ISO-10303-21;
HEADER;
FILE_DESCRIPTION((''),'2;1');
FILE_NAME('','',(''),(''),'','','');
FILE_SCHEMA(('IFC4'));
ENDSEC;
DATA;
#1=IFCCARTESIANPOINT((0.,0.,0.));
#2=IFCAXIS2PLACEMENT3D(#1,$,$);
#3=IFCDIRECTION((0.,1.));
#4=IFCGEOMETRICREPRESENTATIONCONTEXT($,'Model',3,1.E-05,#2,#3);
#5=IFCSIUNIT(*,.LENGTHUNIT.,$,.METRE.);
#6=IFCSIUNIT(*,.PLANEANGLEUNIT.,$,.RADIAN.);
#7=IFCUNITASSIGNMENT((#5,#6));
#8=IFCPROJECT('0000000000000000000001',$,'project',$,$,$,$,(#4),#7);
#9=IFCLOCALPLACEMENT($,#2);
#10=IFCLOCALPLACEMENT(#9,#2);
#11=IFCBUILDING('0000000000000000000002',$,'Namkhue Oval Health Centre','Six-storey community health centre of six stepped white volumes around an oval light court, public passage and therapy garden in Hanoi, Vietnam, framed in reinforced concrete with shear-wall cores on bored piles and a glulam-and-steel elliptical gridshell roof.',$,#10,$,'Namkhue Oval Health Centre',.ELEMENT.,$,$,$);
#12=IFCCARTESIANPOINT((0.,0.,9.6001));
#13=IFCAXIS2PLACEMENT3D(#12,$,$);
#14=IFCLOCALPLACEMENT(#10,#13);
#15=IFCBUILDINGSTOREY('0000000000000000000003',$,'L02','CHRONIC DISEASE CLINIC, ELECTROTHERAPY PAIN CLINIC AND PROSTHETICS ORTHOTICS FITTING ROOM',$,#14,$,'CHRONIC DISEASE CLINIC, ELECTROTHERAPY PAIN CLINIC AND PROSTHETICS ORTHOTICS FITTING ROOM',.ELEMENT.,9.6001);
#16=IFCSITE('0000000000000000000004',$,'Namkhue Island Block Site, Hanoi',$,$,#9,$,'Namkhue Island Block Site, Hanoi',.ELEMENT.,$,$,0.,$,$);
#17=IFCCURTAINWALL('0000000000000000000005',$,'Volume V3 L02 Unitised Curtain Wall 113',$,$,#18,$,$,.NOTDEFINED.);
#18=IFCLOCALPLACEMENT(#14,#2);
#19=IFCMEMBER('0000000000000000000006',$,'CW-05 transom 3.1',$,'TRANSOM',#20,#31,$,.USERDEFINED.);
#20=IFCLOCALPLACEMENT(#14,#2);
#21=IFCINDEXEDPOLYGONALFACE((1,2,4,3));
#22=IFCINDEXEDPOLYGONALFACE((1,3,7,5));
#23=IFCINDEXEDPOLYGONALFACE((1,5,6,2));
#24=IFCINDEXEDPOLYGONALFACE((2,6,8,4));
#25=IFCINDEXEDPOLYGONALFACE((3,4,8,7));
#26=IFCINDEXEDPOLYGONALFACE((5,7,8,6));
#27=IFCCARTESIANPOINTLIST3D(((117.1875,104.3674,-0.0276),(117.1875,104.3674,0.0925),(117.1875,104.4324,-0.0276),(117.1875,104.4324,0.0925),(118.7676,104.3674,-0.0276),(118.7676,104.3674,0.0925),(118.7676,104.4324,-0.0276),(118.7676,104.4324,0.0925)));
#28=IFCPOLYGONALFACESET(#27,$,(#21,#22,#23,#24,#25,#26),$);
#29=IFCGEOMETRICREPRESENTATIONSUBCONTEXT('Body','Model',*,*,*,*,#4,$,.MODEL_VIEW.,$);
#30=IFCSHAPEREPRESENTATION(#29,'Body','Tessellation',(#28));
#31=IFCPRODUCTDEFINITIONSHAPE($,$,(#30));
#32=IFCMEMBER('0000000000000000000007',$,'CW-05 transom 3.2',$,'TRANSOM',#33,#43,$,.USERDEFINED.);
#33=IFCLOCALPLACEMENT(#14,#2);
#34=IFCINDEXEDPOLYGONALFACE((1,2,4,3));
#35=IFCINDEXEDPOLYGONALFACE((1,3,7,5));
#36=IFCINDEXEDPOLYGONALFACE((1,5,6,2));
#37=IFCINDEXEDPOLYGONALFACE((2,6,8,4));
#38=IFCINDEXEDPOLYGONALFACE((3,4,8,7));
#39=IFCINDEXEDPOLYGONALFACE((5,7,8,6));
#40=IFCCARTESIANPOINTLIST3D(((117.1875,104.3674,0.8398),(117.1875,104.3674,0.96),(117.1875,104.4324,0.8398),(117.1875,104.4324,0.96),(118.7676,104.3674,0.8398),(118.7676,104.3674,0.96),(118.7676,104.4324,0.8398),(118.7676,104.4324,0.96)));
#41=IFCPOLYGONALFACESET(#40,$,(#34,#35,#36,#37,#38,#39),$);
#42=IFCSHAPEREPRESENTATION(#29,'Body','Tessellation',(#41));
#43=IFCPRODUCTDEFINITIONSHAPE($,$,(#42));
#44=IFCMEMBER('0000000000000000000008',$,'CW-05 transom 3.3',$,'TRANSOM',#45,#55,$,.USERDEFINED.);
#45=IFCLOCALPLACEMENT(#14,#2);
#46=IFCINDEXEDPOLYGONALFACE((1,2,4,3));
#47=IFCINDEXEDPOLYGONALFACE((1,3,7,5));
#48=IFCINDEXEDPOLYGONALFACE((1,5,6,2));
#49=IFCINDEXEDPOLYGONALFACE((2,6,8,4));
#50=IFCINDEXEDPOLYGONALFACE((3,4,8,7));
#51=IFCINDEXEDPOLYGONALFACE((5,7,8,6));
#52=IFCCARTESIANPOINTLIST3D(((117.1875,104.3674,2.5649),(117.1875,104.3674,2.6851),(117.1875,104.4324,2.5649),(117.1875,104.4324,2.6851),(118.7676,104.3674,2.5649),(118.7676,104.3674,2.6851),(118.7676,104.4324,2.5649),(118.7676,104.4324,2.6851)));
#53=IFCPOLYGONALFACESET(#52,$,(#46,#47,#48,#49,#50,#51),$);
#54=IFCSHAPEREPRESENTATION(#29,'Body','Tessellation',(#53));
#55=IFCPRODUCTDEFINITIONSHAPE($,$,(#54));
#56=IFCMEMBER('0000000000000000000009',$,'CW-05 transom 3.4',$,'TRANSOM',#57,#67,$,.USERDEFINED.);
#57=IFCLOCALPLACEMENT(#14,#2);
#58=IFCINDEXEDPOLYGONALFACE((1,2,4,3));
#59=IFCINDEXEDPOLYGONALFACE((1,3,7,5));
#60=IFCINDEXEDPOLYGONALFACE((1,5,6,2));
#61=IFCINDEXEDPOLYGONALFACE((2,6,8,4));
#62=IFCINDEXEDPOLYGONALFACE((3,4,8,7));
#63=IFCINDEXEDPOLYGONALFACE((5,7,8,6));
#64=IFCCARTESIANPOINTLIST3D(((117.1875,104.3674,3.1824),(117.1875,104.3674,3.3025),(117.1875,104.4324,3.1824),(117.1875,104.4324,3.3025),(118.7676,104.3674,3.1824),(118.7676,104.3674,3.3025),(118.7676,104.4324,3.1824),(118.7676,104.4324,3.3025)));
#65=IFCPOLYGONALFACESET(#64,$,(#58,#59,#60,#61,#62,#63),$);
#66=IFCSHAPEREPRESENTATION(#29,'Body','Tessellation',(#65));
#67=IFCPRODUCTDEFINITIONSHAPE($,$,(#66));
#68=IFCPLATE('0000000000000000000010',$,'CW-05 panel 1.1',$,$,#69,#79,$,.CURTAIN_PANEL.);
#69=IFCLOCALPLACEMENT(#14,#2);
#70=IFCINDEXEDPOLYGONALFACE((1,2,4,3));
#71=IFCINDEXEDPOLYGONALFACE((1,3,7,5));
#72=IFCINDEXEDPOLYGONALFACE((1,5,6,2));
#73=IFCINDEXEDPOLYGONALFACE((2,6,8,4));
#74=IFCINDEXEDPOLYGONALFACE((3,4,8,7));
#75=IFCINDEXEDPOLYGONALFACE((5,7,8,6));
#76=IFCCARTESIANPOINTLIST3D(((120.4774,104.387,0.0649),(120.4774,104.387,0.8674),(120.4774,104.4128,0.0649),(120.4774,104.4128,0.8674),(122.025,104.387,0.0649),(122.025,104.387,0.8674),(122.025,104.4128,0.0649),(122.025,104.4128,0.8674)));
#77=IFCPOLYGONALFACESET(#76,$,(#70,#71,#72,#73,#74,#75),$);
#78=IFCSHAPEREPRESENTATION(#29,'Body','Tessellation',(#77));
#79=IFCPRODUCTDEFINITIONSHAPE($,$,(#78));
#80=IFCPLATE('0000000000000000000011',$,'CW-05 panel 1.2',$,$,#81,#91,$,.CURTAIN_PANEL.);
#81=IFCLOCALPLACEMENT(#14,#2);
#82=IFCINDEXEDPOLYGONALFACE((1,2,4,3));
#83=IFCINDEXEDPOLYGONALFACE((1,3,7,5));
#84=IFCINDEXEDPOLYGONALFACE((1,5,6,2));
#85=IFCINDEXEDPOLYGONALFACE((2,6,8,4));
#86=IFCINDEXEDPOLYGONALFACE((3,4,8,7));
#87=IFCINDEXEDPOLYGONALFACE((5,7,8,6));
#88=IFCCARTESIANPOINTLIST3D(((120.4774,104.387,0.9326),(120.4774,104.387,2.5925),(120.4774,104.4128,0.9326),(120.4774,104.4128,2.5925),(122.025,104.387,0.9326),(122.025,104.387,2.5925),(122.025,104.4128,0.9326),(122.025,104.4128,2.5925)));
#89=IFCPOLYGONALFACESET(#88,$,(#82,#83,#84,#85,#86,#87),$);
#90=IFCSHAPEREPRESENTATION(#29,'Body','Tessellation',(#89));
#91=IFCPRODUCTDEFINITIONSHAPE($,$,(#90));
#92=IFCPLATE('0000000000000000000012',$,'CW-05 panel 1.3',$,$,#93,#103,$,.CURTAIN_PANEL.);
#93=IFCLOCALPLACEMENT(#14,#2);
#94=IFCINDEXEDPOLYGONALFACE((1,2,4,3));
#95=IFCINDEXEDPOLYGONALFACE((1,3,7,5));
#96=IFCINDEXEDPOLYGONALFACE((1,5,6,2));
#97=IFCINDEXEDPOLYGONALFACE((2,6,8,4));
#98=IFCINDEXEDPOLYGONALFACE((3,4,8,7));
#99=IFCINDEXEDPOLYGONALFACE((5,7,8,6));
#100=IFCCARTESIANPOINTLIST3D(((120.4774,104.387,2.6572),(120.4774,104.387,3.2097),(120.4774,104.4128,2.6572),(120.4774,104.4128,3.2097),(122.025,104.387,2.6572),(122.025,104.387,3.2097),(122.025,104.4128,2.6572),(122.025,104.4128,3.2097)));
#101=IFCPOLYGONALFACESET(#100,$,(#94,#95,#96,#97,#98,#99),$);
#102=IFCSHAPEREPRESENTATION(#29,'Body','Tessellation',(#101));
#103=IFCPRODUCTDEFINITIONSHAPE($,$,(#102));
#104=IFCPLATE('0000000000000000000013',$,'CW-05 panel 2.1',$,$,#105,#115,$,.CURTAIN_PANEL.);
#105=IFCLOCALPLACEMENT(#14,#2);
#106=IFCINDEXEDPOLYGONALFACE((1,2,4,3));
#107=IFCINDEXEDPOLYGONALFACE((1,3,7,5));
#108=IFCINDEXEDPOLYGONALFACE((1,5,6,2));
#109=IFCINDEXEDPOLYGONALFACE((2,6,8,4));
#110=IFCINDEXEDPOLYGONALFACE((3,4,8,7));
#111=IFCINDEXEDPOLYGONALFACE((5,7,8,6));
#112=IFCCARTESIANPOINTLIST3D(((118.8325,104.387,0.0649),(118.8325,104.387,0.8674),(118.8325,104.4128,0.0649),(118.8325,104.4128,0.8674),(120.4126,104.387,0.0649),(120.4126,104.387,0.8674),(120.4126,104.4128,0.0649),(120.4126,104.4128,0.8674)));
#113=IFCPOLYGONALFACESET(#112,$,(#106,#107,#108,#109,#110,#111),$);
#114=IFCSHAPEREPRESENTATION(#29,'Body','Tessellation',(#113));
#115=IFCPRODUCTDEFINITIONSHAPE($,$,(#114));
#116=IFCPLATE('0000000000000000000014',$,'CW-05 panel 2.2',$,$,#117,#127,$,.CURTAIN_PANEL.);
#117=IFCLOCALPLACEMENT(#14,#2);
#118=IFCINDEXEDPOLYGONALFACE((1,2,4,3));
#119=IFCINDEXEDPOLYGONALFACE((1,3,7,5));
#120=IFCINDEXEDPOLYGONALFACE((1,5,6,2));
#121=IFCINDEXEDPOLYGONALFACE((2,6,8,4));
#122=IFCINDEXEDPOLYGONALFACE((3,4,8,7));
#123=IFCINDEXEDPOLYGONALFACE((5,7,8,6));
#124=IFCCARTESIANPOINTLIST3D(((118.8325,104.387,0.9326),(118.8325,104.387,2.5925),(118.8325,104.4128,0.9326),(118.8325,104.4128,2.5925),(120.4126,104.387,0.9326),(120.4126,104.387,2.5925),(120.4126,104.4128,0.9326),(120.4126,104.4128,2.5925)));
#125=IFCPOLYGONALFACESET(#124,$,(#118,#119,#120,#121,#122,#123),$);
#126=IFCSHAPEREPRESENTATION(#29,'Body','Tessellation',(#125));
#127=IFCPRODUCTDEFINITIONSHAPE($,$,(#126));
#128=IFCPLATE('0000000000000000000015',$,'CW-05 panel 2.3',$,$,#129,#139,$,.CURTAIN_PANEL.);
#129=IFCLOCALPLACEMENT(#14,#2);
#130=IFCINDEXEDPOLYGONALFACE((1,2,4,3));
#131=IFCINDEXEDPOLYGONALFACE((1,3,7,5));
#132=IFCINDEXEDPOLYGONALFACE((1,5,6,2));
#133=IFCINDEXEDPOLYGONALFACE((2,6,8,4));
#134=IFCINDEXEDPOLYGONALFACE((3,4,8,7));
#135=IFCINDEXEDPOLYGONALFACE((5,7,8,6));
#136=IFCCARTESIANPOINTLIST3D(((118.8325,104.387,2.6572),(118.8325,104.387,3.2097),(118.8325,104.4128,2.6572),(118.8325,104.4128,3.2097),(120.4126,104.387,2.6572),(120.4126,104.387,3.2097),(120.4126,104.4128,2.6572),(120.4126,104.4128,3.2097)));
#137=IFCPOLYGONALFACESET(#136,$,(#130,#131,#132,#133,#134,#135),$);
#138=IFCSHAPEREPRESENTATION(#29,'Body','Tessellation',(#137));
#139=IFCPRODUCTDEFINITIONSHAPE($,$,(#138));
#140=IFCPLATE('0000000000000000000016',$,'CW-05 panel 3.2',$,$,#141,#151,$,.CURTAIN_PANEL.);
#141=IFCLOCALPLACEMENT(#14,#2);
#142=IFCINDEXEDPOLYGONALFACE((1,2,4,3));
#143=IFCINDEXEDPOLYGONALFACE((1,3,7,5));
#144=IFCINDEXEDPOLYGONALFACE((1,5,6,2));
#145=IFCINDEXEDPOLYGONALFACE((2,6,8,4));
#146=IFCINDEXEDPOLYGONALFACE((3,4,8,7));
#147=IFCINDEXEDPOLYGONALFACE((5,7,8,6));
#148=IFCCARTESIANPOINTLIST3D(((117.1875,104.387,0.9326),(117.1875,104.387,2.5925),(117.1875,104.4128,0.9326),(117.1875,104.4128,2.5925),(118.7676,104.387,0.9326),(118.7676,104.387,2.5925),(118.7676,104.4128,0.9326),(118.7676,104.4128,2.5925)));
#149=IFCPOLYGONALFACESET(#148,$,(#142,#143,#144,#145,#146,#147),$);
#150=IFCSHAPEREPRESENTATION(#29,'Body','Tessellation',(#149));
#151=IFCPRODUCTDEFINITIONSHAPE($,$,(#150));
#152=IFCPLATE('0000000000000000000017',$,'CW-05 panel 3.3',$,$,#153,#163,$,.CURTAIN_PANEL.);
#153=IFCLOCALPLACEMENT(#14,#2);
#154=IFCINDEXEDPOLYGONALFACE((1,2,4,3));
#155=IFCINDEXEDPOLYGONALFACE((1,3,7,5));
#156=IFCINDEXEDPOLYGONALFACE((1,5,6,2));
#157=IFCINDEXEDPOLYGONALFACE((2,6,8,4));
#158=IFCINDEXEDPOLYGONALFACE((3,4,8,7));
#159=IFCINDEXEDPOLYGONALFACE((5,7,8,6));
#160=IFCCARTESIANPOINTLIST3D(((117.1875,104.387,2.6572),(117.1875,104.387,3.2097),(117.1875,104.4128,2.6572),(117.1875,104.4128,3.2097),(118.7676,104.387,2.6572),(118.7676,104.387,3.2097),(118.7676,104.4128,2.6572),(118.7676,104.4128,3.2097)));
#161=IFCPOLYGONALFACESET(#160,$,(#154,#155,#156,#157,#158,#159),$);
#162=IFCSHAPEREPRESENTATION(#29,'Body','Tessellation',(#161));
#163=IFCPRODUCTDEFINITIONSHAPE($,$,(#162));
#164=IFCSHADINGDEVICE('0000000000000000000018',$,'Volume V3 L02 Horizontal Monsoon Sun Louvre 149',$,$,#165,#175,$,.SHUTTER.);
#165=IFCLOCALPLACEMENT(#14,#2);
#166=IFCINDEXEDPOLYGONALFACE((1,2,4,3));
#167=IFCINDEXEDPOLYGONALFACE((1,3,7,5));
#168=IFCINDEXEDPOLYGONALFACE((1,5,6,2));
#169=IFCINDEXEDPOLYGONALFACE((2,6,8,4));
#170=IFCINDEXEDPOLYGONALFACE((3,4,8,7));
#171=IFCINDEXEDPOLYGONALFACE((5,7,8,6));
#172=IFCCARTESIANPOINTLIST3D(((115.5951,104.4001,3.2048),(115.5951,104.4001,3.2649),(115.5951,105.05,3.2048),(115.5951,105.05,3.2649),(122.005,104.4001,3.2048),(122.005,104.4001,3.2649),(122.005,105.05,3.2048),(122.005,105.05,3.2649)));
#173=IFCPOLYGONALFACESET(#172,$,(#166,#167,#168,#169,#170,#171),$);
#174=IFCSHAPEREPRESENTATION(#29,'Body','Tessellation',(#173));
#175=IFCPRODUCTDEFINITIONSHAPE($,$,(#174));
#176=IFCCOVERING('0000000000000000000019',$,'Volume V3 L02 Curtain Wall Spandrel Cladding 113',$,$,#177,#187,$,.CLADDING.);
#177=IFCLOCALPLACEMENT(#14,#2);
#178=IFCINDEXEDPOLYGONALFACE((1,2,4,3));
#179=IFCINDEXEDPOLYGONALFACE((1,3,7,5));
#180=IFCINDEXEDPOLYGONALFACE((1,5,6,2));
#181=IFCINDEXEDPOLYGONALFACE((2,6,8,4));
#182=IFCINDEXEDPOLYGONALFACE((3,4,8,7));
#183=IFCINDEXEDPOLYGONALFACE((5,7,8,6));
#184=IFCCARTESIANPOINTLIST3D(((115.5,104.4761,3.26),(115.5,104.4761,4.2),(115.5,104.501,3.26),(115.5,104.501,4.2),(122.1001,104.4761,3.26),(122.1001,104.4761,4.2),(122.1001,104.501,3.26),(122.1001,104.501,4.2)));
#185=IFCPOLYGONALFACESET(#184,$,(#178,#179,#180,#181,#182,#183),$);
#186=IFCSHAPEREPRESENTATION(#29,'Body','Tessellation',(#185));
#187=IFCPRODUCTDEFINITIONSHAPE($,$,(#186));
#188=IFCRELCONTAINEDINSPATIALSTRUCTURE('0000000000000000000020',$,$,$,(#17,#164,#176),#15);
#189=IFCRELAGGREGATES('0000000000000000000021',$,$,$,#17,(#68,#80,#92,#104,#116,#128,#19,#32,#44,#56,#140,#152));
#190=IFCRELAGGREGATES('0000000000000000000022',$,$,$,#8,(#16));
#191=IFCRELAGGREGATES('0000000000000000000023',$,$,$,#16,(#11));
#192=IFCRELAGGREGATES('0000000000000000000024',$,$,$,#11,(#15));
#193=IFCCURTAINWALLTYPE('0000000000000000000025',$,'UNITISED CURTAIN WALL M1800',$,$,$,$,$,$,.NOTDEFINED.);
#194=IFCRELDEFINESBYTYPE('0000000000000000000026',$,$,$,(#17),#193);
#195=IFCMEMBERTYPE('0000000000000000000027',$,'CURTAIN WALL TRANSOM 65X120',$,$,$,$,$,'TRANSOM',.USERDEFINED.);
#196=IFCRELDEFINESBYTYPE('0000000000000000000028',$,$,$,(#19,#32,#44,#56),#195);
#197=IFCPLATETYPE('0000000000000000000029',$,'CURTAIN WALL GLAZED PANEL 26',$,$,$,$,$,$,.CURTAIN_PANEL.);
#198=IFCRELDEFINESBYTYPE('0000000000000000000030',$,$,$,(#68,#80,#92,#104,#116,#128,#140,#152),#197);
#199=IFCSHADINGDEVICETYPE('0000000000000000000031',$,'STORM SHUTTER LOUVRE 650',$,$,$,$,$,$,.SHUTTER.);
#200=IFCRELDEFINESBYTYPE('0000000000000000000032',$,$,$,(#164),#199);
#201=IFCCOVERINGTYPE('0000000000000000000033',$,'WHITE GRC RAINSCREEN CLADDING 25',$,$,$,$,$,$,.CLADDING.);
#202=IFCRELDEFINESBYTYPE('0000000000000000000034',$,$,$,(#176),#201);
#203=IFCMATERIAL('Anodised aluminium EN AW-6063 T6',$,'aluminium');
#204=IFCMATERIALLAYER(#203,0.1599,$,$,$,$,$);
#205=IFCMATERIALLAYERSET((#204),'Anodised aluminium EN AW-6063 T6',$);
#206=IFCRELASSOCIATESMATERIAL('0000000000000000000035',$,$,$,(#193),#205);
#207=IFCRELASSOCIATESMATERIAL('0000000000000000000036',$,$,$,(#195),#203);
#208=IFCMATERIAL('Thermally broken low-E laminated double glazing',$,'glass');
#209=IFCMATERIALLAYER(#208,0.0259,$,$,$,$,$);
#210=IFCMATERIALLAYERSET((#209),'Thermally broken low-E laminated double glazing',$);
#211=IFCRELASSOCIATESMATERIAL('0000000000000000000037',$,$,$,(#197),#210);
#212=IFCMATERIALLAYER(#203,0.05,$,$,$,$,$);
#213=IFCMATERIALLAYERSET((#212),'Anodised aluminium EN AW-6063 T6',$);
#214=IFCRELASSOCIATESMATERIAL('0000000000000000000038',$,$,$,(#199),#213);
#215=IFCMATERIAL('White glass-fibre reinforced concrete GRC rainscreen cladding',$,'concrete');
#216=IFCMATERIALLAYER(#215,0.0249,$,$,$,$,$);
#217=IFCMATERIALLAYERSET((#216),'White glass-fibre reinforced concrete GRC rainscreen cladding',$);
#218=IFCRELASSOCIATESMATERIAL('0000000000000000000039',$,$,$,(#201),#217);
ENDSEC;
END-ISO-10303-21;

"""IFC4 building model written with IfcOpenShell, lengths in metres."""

from ifc_helpers import new_model, si_unit, direction, frame, origin, origin_2d, place, context, subcontext, project, spatial, rectangle, extrude, material, layer, layer_set, material_profile, profile_set, type_object, element, aggregate, save


model = new_model("IFC4")

# Units and contexts
model_context = context("Model", 3, precision=1e-05, world=origin(), true_north=direction((0.0, 1.0)))
body_context = subcontext(model_context, "Body", "Model", "MODEL_VIEW")
ifc_project = project(units=[si_unit("LENGTHUNIT", "METRE"), si_unit("PLANEANGLEUNIT", "RADIAN")], contexts=[model_context])

# Site, building, storey
site_placement = place(None, origin())
site = spatial("IfcSite", under=ifc_project, at=site_placement, Name="Namkhue Island Block Site, Hanoi", LongName="Namkhue Island Block Site, Hanoi", CompositionType="ELEMENT", RefElevation=0.0)
building_placement = place(site_placement, origin())
building = spatial("IfcBuilding", under=site, at=building_placement, Name="Namkhue Oval Health Centre", Description="Six-storey community health centre of six stepped white volumes around an oval light court, public passage and therapy garden in Hanoi, Vietnam, framed in reinforced concrete with shear-wall cores on bored piles and a glulam-and-steel elliptical gridshell roof.", LongName="Namkhue Oval Health Centre", CompositionType="ELEMENT")
storey_placement = place(building_placement, frame((0.0, 0.0, 9.6001)))
storey = spatial("IfcBuildingStorey", under=building, at=storey_placement, Name="L02", Description="CHRONIC DISEASE CLINIC, ELECTROTHERAPY PAIN CLINIC AND PROSTHETICS ORTHOTICS FITTING ROOM", LongName="CHRONIC DISEASE CLINIC, ELECTROTHERAPY PAIN CLINIC AND PROSTHETICS ORTHOTICS FITTING ROOM", CompositionType="ELEMENT", Elevation=9.6001)

# Curtain wall, members, plates
ifc_material_1 = material(Name="Anodised aluminium EN AW-6063 T6", Category="aluminium")
ifc_layer_1 = layer(ifc_material_1, 0.1599)
ifc_layer_set_1 = layer_set([ifc_layer_1], Name="Anodised aluminium EN AW-6063 T6")
curtain_wall_type = type_object("IfcCurtainWallType", Name="UNITISED CURTAIN WALL M1800", PredefinedType="NOTDEFINED", material=ifc_layer_set_1)
curtain_wall_placement = place(storey_placement, origin())
curtain_wall = element("IfcCurtainWall", 1, at=curtain_wall_placement, inside=storey, type_object=curtain_wall_type, Name="Volume V3 L02 Unitised Curtain Wall 113", PredefinedType="NOTDEFINED")
ifc_material_profile_1 = material_profile(ifc_material_1, rectangle(XDim=0.0649, YDim=0.1201, at=origin_2d()), Name="ALU 65x120")
ifc_profile_set_1 = profile_set([ifc_material_profile_1], Name="Anodised aluminium EN AW-6063 T6")
member_type_1 = type_object("IfcMemberType", Name="CURTAIN WALL TRANSOM 65X120", ElementType="TRANSOM", PredefinedType="USERDEFINED", material=ifc_profile_set_1)
member_1_placement = place(storey_placement, frame((118.7676, 104.3999, 0.0325), z_axis=(-1.0, 0.0, 0.0), x_axis=(0.0, -1.0, 0.0)))
member_1 = element("IfcMember", 2, at=member_1_placement, type_object=member_type_1, Name="CW-05 transom 3.1", ObjectType="TRANSOM", PredefinedType="USERDEFINED", context=body_context, shape_type="SweptSolid", body=[
    extrude(rectangle(XDim=0.0649, YDim=0.1201, at=origin_2d()), origin(), (0.0, 0.0, 1.0), 1.5801),
])
member_2_placement = place(storey_placement, frame((118.7676, 104.3999, 0.8999), z_axis=(-1.0, 0.0, 0.0), x_axis=(0.0, -1.0, 0.0)))
member_2 = element("IfcMember", 3, at=member_2_placement, type_object=member_type_1, Name="CW-05 transom 3.2", ObjectType="TRANSOM", PredefinedType="USERDEFINED", context=body_context, shape_type="SweptSolid", body=[
    extrude(rectangle(XDim=0.0649, YDim=0.1201, at=origin_2d()), origin(), (0.0, 0.0, 1.0), 1.5801),
])
member_3_placement = place(storey_placement, frame((118.7676, 104.3999, 2.625), z_axis=(-1.0, 0.0, 0.0), x_axis=(0.0, -1.0, 0.0)))
member_3 = element("IfcMember", 4, at=member_3_placement, type_object=member_type_1, Name="CW-05 transom 3.3", ObjectType="TRANSOM", PredefinedType="USERDEFINED", context=body_context, shape_type="SweptSolid", body=[
    extrude(rectangle(XDim=0.0649, YDim=0.1201, at=origin_2d()), origin(), (0.0, 0.0, 1.0), 1.5801),
])
member_4_placement = place(storey_placement, frame((118.7676, 104.3999, 3.2424), z_axis=(-1.0, 0.0, 0.0), x_axis=(0.0, -1.0, 0.0)))
member_4 = element("IfcMember", 5, at=member_4_placement, type_object=member_type_1, Name="CW-05 transom 3.4", ObjectType="TRANSOM", PredefinedType="USERDEFINED", context=body_context, shape_type="SweptSolid", body=[
    extrude(rectangle(XDim=0.0649, YDim=0.1201, at=origin_2d()), origin(), (0.0, 0.0, 1.0), 1.5801),
])
ifc_material_2 = material(Name="Thermally broken low-E laminated double glazing", Category="glass")
ifc_layer_2 = layer(ifc_material_2, 0.0259)
ifc_layer_set_2 = layer_set([ifc_layer_2], Name="Thermally broken low-E laminated double glazing")
plate_type = type_object("IfcPlateType", Name="CURTAIN WALL GLAZED PANEL 26", PredefinedType="CURTAIN_PANEL", material=ifc_layer_set_2)
plate_1_placement = place(storey_placement, frame((121.2512, 104.3999, 0.0649), z_axis=(0.0, 0.0, 1.0), x_axis=(-1.0, 0.0, 0.0)))
plate_1 = element("IfcPlate", 6, at=plate_1_placement, type_object=plate_type, Name="CW-05 panel 1.1", PredefinedType="CURTAIN_PANEL", context=body_context, shape_type="SweptSolid", body=[
    extrude(rectangle(XDim=1.5476, YDim=0.0259, at=origin_2d()), origin(), (0.0, 0.0, 1.0), 0.8025),
])
plate_2_placement = place(storey_placement, frame((121.2512, 104.3999, 0.9326), z_axis=(0.0, 0.0, 1.0), x_axis=(-1.0, 0.0, 0.0)))
plate_2 = element("IfcPlate", 7, at=plate_2_placement, type_object=plate_type, Name="CW-05 panel 1.2", PredefinedType="CURTAIN_PANEL", context=body_context, shape_type="SweptSolid", body=[
    extrude(rectangle(XDim=1.5476, YDim=0.0259, at=origin_2d()), origin(), (0.0, 0.0, 1.0), 1.6599),
])
plate_3_placement = place(storey_placement, frame((121.2512, 104.3999, 2.6572), z_axis=(0.0, 0.0, 1.0), x_axis=(-1.0, 0.0, 0.0)))
plate_3 = element("IfcPlate", 8, at=plate_3_placement, type_object=plate_type, Name="CW-05 panel 1.3", PredefinedType="CURTAIN_PANEL", context=body_context, shape_type="SweptSolid", body=[
    extrude(rectangle(XDim=1.5476, YDim=0.0259, at=origin_2d()), origin(), (0.0, 0.0, 1.0), 0.5525),
])
plate_4_placement = place(storey_placement, frame((119.6226, 104.3999, 0.0649), z_axis=(0.0, 0.0, 1.0), x_axis=(-1.0, 0.0, 0.0)))
plate_4 = element("IfcPlate", 9, at=plate_4_placement, type_object=plate_type, Name="CW-05 panel 2.1", PredefinedType="CURTAIN_PANEL", context=body_context, shape_type="SweptSolid", body=[
    extrude(rectangle(XDim=1.5801, YDim=0.0259, at=origin_2d()), origin(), (0.0, 0.0, 1.0), 0.8025),
])
plate_5_placement = place(storey_placement, frame((119.6226, 104.3999, 0.9326), z_axis=(0.0, 0.0, 1.0), x_axis=(-1.0, 0.0, 0.0)))
plate_5 = element("IfcPlate", 10, at=plate_5_placement, type_object=plate_type, Name="CW-05 panel 2.2", PredefinedType="CURTAIN_PANEL", context=body_context, shape_type="SweptSolid", body=[
    extrude(rectangle(XDim=1.5801, YDim=0.0259, at=origin_2d()), origin(), (0.0, 0.0, 1.0), 1.6599),
])
plate_6_placement = place(storey_placement, frame((119.6226, 104.3999, 2.6572), z_axis=(0.0, 0.0, 1.0), x_axis=(-1.0, 0.0, 0.0)))
plate_6 = element("IfcPlate", 11, at=plate_6_placement, type_object=plate_type, Name="CW-05 panel 2.3", PredefinedType="CURTAIN_PANEL", context=body_context, shape_type="SweptSolid", body=[
    extrude(rectangle(XDim=1.5801, YDim=0.0259, at=origin_2d()), origin(), (0.0, 0.0, 1.0), 0.5525),
])
plate_7_placement = place(storey_placement, frame((117.9775, 104.3999, 0.9326), z_axis=(0.0, 0.0, 1.0), x_axis=(-1.0, 0.0, 0.0)))
plate_7 = element("IfcPlate", 12, at=plate_7_placement, type_object=plate_type, Name="CW-05 panel 3.2", PredefinedType="CURTAIN_PANEL", context=body_context, shape_type="SweptSolid", body=[
    extrude(rectangle(XDim=1.5801, YDim=0.0259, at=origin_2d()), origin(), (0.0, 0.0, 1.0), 1.6599),
])
plate_8_placement = place(storey_placement, frame((117.9775, 104.3999, 2.6572), z_axis=(0.0, 0.0, 1.0), x_axis=(-1.0, 0.0, 0.0)))
plate_8 = element("IfcPlate", 13, at=plate_8_placement, type_object=plate_type, Name="CW-05 panel 3.3", PredefinedType="CURTAIN_PANEL", context=body_context, shape_type="SweptSolid", body=[
    extrude(rectangle(XDim=1.5801, YDim=0.0259, at=origin_2d()), origin(), (0.0, 0.0, 1.0), 0.5525),
])
aggregate(curtain_wall, [plate_1, plate_2, plate_3, plate_4, plate_5, plate_6, member_1, member_2, member_3, member_4, plate_7, plate_8])

# Shading device
ifc_layer_3 = layer(ifc_material_1, 0.05)
ifc_layer_set_3 = layer_set([ifc_layer_3], Name="Anodised aluminium EN AW-6063 T6")
shading_device_type = type_object("IfcShadingDeviceType", Name="STORM SHUTTER LOUVRE 650", PredefinedType="SHUTTER", material=ifc_layer_set_3)
shading_device_placement = place(storey_placement, frame((118.8, 104.7251, 3.2048), z_axis=(0.0, 0.0, 1.0), x_axis=(-1.0, 0.0, 0.0)))
element("IfcShadingDevice", 14, at=shading_device_placement, inside=storey, type_object=shading_device_type, Name="Volume V3 L02 Horizontal Monsoon Sun Louvre 149", PredefinedType="SHUTTER", context=body_context, shape_type="SweptSolid", body=[
    extrude(rectangle(XDim=6.4099, YDim=0.6499, at=origin_2d()), origin(), (0.0, 0.0, 1.0), 0.0601),
])

# Covering
ifc_material_3 = material(Name="White glass-fibre reinforced concrete GRC rainscreen cladding", Category="concrete")
ifc_layer_4 = layer(ifc_material_3, 0.0249)
ifc_layer_set_4 = layer_set([ifc_layer_4], Name="White glass-fibre reinforced concrete GRC rainscreen cladding")
covering_type = type_object("IfcCoveringType", Name="WHITE GRC RAINSCREEN CLADDING 25", PredefinedType="CLADDING", material=ifc_layer_set_4)
covering_placement = place(storey_placement, frame((118.8, 104.4885, 3.26), z_axis=(0.0, 0.0, 1.0), x_axis=(-1.0, 0.0, 0.0)))
element("IfcCovering", 15, at=covering_placement, inside=storey, type_object=covering_type, Name="Volume V3 L02 Curtain Wall Spandrel Cladding 113", PredefinedType="CLADDING", context=body_context, shape_type="SweptSolid", body=[
    extrude(rectangle(XDim=6.6001, YDim=0.0249, at=origin_2d()), origin(), (0.0, 0.0, 1.0), 0.9399),
])

save(model, "model.ifc")
